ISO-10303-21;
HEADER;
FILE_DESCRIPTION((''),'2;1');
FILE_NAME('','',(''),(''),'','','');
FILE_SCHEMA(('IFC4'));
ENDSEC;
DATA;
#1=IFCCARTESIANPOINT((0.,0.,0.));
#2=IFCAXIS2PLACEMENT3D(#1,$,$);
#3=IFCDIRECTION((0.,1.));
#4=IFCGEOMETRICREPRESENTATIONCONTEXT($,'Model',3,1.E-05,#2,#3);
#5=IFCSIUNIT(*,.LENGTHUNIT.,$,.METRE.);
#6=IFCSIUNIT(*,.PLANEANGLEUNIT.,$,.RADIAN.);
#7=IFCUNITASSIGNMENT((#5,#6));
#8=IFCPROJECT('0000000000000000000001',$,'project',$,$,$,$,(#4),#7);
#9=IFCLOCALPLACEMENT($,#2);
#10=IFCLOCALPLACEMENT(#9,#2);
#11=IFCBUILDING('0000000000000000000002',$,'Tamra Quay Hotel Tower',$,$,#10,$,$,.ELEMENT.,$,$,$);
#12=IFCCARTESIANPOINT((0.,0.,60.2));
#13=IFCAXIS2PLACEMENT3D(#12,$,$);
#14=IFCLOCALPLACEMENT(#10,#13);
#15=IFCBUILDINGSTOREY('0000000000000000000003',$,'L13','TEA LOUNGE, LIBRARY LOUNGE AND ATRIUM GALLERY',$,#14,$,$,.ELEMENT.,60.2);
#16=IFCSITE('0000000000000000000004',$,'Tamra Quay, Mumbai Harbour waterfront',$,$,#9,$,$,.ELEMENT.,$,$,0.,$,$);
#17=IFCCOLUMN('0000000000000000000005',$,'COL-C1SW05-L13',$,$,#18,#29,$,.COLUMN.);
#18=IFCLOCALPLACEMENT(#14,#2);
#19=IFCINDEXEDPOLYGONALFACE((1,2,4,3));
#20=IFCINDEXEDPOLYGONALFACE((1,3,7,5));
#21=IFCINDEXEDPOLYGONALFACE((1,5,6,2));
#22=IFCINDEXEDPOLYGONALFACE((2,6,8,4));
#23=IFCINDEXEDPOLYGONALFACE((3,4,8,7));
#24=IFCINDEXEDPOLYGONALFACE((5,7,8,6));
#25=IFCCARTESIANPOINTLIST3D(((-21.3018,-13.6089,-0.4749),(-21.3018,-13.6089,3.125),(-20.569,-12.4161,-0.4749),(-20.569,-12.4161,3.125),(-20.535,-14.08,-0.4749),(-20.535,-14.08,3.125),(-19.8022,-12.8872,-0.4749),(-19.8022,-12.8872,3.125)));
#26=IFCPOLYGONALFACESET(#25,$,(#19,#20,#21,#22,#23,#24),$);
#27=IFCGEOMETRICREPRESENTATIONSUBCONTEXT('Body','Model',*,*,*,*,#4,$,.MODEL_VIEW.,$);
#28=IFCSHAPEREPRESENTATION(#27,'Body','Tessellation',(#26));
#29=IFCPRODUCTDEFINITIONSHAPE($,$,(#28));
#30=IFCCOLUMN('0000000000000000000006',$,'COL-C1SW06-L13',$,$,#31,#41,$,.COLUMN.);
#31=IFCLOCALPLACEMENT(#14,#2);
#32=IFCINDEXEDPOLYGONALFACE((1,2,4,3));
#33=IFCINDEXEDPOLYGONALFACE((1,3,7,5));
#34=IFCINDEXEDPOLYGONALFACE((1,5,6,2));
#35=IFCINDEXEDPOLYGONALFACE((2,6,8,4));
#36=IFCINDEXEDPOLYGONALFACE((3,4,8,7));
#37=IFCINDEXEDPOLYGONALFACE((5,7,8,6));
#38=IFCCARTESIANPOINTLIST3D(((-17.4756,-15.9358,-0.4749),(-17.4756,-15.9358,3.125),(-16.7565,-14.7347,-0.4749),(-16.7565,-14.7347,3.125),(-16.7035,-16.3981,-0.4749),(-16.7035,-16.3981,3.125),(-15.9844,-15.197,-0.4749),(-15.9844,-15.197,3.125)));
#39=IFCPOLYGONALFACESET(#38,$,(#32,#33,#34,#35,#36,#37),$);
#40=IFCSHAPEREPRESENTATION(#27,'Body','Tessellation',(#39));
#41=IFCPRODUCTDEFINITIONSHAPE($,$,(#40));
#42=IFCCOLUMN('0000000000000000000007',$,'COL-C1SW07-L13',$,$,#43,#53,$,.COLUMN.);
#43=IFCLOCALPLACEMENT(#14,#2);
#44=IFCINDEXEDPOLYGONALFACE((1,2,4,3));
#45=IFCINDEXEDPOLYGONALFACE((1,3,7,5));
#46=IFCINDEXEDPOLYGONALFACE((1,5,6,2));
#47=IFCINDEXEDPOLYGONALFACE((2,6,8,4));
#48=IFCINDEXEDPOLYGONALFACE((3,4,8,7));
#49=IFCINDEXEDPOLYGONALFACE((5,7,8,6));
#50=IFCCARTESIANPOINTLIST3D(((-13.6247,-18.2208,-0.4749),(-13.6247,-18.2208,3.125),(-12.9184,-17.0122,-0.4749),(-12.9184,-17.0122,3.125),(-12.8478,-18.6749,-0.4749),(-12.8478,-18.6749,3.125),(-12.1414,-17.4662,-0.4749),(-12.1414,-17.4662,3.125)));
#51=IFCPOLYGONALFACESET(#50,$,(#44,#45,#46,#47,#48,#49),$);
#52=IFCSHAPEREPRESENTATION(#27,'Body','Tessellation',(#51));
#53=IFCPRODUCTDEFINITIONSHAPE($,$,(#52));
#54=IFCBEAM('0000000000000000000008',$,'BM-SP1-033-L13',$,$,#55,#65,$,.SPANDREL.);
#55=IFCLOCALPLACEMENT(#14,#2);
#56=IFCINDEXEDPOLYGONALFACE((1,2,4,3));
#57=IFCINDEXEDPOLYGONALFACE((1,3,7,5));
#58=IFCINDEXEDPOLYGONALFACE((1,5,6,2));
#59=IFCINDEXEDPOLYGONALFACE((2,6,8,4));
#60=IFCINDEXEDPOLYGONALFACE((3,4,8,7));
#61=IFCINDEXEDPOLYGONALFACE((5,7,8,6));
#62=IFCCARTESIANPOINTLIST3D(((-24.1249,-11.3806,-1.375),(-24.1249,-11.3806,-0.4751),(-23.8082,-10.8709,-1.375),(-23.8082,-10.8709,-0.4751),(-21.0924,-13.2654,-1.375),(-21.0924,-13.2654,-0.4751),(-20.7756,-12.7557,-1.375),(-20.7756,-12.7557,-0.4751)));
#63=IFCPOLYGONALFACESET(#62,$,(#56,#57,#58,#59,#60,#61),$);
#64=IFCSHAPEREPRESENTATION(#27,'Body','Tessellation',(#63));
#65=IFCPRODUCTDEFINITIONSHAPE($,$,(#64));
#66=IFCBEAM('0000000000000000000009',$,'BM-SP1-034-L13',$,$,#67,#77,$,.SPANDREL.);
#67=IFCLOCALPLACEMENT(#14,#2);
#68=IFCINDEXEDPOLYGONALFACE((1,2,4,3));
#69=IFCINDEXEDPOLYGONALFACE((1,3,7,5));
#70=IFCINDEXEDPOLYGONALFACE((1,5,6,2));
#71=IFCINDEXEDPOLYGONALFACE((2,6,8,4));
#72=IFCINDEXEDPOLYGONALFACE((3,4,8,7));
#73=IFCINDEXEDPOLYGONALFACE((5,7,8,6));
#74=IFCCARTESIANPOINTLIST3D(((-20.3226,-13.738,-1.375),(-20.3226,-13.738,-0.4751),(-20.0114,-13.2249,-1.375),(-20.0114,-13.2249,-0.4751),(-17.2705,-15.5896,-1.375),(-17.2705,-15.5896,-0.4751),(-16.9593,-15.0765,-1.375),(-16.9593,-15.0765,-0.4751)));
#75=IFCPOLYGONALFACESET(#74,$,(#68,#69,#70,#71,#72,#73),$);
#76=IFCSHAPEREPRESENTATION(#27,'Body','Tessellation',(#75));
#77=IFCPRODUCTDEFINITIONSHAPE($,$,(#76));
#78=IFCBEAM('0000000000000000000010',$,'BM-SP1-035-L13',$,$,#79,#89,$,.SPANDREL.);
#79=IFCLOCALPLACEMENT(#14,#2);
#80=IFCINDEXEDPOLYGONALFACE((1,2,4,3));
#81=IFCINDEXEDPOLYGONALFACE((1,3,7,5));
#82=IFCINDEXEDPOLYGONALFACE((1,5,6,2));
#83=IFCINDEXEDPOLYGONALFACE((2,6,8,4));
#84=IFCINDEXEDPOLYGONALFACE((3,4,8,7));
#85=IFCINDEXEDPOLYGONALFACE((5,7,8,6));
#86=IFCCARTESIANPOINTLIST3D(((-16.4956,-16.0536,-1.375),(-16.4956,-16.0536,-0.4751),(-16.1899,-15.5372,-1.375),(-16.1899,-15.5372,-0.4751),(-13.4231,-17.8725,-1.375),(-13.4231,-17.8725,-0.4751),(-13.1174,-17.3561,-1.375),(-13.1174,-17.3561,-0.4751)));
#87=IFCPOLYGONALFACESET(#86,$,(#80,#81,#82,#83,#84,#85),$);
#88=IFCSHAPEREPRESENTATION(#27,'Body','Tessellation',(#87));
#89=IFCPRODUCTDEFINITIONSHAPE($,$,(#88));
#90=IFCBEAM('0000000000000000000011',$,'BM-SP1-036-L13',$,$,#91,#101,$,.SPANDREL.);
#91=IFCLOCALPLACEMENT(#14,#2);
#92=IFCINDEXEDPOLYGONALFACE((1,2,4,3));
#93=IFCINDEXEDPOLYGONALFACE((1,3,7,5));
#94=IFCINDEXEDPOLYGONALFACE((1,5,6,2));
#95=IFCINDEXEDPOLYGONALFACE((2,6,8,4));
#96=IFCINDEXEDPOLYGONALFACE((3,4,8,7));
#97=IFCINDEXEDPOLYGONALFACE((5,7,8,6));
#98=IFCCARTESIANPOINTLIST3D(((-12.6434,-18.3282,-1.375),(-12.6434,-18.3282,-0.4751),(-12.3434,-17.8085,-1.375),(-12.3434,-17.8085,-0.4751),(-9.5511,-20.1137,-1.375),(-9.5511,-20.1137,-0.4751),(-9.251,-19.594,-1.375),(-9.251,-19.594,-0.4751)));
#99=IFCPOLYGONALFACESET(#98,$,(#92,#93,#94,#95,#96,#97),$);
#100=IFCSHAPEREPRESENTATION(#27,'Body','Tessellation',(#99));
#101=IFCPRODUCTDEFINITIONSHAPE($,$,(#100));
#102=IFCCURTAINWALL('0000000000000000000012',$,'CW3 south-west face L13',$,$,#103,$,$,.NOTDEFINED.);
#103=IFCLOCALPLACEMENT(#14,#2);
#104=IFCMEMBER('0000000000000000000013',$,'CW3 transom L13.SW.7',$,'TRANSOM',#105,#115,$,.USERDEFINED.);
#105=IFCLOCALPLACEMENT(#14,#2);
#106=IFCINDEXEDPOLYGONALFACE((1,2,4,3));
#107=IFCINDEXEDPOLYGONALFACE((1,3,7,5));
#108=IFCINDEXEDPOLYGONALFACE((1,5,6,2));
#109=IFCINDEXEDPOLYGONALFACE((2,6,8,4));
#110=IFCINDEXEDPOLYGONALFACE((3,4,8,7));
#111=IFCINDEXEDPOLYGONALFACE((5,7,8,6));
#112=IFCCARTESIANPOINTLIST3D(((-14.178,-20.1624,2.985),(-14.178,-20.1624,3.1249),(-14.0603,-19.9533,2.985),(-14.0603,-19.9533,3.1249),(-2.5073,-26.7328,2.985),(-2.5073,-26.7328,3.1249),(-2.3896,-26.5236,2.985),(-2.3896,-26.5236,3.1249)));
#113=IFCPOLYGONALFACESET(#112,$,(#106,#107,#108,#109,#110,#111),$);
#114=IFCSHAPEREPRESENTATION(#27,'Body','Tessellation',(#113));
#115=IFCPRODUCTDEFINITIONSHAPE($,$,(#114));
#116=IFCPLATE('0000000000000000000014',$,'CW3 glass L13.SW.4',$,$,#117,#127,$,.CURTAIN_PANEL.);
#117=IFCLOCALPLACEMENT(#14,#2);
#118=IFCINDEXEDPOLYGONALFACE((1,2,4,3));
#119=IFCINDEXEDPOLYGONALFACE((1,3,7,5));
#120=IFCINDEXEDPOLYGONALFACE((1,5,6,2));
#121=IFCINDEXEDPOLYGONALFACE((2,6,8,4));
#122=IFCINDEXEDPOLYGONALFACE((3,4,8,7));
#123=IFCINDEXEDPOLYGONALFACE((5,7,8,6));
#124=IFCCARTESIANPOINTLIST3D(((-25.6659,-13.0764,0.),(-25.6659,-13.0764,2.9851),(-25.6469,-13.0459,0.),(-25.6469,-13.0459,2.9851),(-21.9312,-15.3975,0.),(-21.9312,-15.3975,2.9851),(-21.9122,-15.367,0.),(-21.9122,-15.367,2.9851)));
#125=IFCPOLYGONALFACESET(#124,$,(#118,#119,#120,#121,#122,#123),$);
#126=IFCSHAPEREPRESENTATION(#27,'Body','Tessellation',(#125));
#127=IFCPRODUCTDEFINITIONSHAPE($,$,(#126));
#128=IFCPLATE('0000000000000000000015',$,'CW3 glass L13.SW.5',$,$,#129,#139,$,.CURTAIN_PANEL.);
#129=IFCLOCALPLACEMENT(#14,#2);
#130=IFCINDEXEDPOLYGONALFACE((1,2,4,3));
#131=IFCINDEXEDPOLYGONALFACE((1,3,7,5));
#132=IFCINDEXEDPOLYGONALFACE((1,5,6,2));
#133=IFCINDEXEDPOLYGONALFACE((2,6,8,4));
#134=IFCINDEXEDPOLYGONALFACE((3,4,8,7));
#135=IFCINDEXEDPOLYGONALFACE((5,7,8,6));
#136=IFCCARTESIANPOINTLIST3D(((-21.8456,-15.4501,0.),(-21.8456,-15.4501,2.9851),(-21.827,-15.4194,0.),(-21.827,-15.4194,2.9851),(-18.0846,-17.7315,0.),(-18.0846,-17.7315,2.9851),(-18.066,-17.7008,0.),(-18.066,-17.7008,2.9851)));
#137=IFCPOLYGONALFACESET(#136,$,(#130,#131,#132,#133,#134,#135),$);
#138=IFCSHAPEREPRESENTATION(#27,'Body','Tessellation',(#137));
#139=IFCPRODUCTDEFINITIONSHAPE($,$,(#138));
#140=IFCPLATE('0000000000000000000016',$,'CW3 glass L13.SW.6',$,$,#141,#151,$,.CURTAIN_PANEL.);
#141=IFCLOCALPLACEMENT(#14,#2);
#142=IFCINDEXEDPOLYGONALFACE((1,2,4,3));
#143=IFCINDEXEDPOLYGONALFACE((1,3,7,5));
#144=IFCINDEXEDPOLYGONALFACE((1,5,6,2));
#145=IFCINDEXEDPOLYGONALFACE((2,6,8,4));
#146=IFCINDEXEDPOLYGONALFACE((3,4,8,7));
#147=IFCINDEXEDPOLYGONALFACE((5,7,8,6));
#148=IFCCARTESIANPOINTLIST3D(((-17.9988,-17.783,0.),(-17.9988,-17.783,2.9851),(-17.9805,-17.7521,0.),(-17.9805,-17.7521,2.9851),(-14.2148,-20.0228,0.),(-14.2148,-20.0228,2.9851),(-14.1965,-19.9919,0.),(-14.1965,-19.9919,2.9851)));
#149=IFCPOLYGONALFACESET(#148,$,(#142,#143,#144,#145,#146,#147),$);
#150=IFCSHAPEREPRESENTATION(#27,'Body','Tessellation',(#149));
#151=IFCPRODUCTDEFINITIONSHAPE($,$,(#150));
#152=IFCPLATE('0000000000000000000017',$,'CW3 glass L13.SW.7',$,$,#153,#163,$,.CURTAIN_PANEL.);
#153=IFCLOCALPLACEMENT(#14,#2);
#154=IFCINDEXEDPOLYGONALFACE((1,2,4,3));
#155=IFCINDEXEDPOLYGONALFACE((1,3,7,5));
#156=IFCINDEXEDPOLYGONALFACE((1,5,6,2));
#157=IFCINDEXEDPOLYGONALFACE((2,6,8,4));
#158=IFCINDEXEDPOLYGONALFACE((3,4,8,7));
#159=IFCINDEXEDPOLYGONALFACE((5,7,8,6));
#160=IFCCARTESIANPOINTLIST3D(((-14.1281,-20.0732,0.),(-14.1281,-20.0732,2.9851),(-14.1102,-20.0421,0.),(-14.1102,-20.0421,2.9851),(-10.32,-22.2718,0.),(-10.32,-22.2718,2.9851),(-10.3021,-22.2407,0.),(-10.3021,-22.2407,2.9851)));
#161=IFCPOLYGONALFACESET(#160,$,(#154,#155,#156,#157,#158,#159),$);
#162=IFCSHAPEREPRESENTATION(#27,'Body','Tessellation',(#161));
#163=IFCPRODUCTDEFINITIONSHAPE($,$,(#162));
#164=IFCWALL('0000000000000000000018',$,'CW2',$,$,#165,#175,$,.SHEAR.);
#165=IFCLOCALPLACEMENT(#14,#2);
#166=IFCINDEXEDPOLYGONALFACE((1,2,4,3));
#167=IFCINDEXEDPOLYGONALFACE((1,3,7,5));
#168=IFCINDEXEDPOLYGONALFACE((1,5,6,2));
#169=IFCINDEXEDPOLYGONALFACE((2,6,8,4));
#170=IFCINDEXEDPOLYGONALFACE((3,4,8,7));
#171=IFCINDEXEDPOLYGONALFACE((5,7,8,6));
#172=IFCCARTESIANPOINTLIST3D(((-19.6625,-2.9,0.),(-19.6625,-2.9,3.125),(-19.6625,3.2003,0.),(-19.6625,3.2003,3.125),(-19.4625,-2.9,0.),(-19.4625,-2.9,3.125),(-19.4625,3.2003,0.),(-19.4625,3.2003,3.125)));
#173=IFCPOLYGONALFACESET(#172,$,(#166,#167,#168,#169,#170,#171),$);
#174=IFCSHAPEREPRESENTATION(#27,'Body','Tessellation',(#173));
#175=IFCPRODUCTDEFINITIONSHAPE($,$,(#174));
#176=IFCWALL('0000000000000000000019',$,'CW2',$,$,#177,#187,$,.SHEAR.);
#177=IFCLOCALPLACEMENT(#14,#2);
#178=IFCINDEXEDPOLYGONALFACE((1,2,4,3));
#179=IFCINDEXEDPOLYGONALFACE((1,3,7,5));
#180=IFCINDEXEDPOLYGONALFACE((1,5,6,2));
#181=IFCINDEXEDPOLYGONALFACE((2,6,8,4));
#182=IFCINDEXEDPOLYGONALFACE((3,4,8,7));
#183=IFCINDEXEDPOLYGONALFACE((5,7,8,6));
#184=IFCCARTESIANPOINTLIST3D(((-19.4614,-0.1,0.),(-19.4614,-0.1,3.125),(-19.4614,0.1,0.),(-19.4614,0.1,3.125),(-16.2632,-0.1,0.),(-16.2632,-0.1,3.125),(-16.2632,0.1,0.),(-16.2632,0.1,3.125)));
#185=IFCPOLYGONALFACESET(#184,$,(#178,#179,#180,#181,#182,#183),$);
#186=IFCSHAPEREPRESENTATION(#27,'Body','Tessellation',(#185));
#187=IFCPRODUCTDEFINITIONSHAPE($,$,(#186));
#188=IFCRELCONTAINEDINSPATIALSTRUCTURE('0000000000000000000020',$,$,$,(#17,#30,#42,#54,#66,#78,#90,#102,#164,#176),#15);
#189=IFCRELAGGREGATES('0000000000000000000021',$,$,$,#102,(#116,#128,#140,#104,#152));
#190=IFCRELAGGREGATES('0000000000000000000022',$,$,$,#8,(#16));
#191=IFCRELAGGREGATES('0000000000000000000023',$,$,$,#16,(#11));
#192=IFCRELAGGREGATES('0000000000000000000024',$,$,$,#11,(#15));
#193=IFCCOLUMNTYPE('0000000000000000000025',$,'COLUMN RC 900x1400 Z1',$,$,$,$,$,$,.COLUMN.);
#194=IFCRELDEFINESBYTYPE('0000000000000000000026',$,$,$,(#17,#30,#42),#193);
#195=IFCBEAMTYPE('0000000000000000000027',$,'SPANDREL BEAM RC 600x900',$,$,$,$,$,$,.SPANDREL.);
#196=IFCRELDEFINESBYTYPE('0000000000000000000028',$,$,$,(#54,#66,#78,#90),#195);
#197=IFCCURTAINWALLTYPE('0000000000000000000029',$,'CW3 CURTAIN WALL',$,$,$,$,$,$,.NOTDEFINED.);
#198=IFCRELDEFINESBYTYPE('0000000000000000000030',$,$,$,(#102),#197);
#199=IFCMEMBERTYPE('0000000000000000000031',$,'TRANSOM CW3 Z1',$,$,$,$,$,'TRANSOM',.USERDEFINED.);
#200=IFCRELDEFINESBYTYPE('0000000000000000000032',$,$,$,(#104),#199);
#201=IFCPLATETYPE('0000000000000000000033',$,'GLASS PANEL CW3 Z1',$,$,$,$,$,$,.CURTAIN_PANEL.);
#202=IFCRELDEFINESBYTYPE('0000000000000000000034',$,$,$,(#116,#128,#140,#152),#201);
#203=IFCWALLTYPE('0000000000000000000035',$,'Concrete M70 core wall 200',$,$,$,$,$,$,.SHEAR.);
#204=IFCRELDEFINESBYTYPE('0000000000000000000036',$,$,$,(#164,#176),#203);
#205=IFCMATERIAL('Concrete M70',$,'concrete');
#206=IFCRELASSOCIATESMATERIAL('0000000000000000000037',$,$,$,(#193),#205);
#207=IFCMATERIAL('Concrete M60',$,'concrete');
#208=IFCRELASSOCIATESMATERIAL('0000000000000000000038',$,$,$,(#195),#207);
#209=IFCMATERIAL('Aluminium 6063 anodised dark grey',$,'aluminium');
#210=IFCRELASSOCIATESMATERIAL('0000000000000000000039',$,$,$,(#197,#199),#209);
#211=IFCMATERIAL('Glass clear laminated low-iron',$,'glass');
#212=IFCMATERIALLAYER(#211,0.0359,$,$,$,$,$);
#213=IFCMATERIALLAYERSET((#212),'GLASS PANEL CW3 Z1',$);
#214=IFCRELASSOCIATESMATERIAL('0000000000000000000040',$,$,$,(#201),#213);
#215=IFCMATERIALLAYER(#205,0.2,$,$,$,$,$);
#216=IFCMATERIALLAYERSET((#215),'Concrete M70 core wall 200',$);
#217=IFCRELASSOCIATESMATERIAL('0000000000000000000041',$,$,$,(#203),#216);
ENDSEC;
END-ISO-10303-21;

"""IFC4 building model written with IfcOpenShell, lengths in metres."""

from ifc_helpers import new_model, si_unit, direction, frame, frame_2d, origin, origin_2d, place, context, subcontext, project, spatial, rectangle, extrude, material, layer, layer_set, material_profile, profile_set, type_object, element, aggregate, save


model = new_model("IFC4")

# Units and contexts
model_context = context("Model", 3, precision=1e-05, world=origin(), true_north=direction((0.0, 1.0)))
body_context = subcontext(model_context, "Body", "Model", "MODEL_VIEW")
ifc_project = project(units=[si_unit("LENGTHUNIT", "METRE"), si_unit("PLANEANGLEUNIT", "RADIAN")], contexts=[model_context])

# Site, building, storey
site_placement = place(None, origin())
site = spatial("IfcSite", under=ifc_project, at=site_placement, Name="Tamra Quay, Mumbai Harbour waterfront", CompositionType="ELEMENT", RefElevation=0.0)
building_placement = place(site_placement, origin())
building = spatial("IfcBuilding", under=site, at=building_placement, Name="Tamra Quay Hotel Tower", CompositionType="ELEMENT")
storey_placement = place(building_placement, frame((0.0, 0.0, 60.2)))
storey = spatial("IfcBuildingStorey", under=building, at=storey_placement, Name="L13", Description="TEA LOUNGE, LIBRARY LOUNGE AND ATRIUM GALLERY", CompositionType="ELEMENT", Elevation=60.2)

# Columns
ifc_material_1 = material(Name="Concrete M70", Category="concrete")
ifc_material_profile_1 = material_profile(ifc_material_1, rectangle(XDim=1.3999, YDim=0.8999, at=origin_2d()), Name="COLUMN RC 900x1400 Z1")
ifc_profile_set_1 = profile_set([ifc_material_profile_1], Name="Concrete M70")
column_type = type_object("IfcColumnType", Name="COLUMN RC 900x1400 Z1", PredefinedType="COLUMN", material=ifc_profile_set_1)
for number, where, z_axis, x_axis, name in (
    (1, (-20.552, -13.248, -0.4749), (0.0, 0.0, 1.0), (0.52343, 0.852069, 0.0), "COL-C1SW05-L13"),
    (2, (-16.73, -15.5664, -0.4749), (0.0, 0.0, 1.0), (0.513654, 0.857998, 0.0), "COL-C1SW06-L13"),
    (3, (-12.8831, -17.8435, -0.4749), (0.0, 0.0, 1.0), (0.504565, 0.863374, 0.0), "COL-C1SW07-L13"),
):
    element("IfcColumn", number, at=place(storey_placement, frame(where, z_axis=z_axis, x_axis=x_axis)), inside=storey, type_object=column_type, Name=name, PredefinedType="COLUMN", context=body_context, shape_type="SweptSolid", body=[
        extrude(rectangle(XDim=1.3999, YDim=0.8999, at=origin_2d()), origin(), (0.0, 0.0, 1.0), 3.5999),
    ])

# Beams
ifc_material_2 = material(Name="Concrete M60", Category="concrete")
ifc_material_profile_2 = material_profile(ifc_material_2, rectangle(XDim=0.6001, YDim=0.8999, at=origin_2d()), Name="SPANDREL BEAM RC 600x900")
ifc_profile_set_2 = profile_set([ifc_material_profile_2], Name="Concrete M60")
beam_type = type_object("IfcBeamType", Name="SPANDREL BEAM RC 600x900", PredefinedType="SPANDREL", material=ifc_profile_set_2)
beam_1_placement = place(storey_placement, frame((-23.9666, -11.1257, -0.925), z_axis=(0.849321, -0.527877, 0.0), x_axis=(0.527877, 0.849321, 0.0)))
element("IfcBeam", 4, at=beam_1_placement, inside=storey, type_object=beam_type, Name="BM-SP1-033-L13", PredefinedType="SPANDREL", context=body_context, shape_type="SweptSolid", body=[
    extrude(rectangle(XDim=0.6001, YDim=0.8999, at=origin_2d()), origin(), (0.0, 0.0, 1.0), 3.5706),
])
beam_2_placement = place(storey_placement, frame((-20.167, -13.4814, -0.925), z_axis=(0.854966, -0.518684, 0.0), x_axis=(0.518684, 0.854966, 0.0)))
element("IfcBeam", 5, at=beam_2_placement, inside=storey, type_object=beam_type, Name="BM-SP1-034-L13", PredefinedType="SPANDREL", context=body_context, shape_type="SweptSolid", body=[
    extrude(rectangle(XDim=0.6001, YDim=0.8999, at=origin_2d()), origin(), (0.0, 0.0, 1.0), 3.5698),
])
beam_3_placement = place(storey_placement, frame((-16.3428, -15.7954, -0.925), z_axis=(0.860525, -0.509409, 0.0), x_axis=(0.509409, 0.860525, 0.0)))
element("IfcBeam", 6, at=beam_3_placement, inside=storey, type_object=beam_type, Name="BM-SP1-035-L13", PredefinedType="SPANDREL", context=body_context, shape_type="SweptSolid", body=[
    extrude(rectangle(XDim=0.6001, YDim=0.8999, at=origin_2d()), origin(), (0.0, 0.0, 1.0), 3.5706),
])
beam_4_placement = place(storey_placement, frame((-12.4934, -18.0684, -0.925), z_axis=(0.866017, -0.500014, 0.0), x_axis=(0.500014, 0.866017, 0.0)))
element("IfcBeam", 7, at=beam_4_placement, inside=storey, type_object=beam_type, Name="BM-SP1-036-L13", PredefinedType="SPANDREL", context=body_context, shape_type="SweptSolid", body=[
    extrude(rectangle(XDim=0.6001, YDim=0.8999, at=origin_2d()), origin(), (0.0, 0.0, 1.0), 3.5708),
])

# Curtain wall, member, plates
ifc_material_3 = material(Name="Aluminium 6063 anodised dark grey", Category="aluminium")
curtain_wall_type = type_object("IfcCurtainWallType", Name="CW3 CURTAIN WALL", PredefinedType="NOTDEFINED", material=ifc_material_3)
curtain_wall_placement = place(storey_placement, origin())
curtain_wall = element("IfcCurtainWall", 8, at=curtain_wall_placement, inside=storey, type_object=curtain_wall_type, Name="CW3 south-west face L13", PredefinedType="NOTDEFINED")
ifc_material_profile_3 = material_profile(ifc_material_3, rectangle(XDim=0.24, YDim=0.1399, at=origin_2d()), Name="TRANSOM 240X140")
ifc_profile_set_3 = profile_set([ifc_material_profile_3], Name="Aluminium 6063 anodised dark grey")
member_type = type_object("IfcMemberType", Name="TRANSOM CW3 Z1", ElementType="TRANSOM", PredefinedType="USERDEFINED", material=ifc_profile_set_3)
member_placement = place(storey_placement, frame((-14.1191, -20.0579, 3.0549), z_axis=(0.871398, -0.490577, 0.0), x_axis=(0.490577, 0.871398, 0.0)))
member = element("IfcMember", 9, at=member_placement, type_object=member_type, Name="CW3 transom L13.SW.7", ObjectType="TRANSOM", PredefinedType="USERDEFINED", context=body_context, shape_type="SweptSolid", body=[
    extrude(rectangle(XDim=0.24, YDim=0.1399, at=origin_2d()), origin(), (0.0, 0.0, 1.0), 13.3931),
])
ifc_material_4 = material(Name="Glass clear laminated low-iron", Category="glass")
ifc_layer_1 = layer(ifc_material_4, 0.0359)
ifc_layer_set_1 = layer_set([ifc_layer_1], Name="GLASS PANEL CW3 Z1")
plate_type = type_object("IfcPlateType", Name="GLASS PANEL CW3 Z1", PredefinedType="CURTAIN_PANEL", material=ifc_layer_set_1)
plate_1_placement = place(storey_placement, frame((-23.7891, -14.2217, 0.0), z_axis=(0.0, 0.0, 1.0), x_axis=(0.849331, -0.52786, 0.0)))
plate_1 = element("IfcPlate", 10, at=plate_1_placement, type_object=plate_type, Name="CW3 glass L13.SW.4", PredefinedType="CURTAIN_PANEL", context=body_context, shape_type="SweptSolid", body=[
    extrude(rectangle(XDim=4.3972, YDim=0.0359, at=origin_2d()), origin(), (0.0, 0.0, 1.0), 2.9851),
])
plate_2_placement = place(storey_placement, frame((-19.9558, -16.5754, 0.0), z_axis=(0.0, 0.0, 1.0), x_axis=(0.854994, -0.518639, 0.0)))
plate_2 = element("IfcPlate", 11, at=plate_2_placement, type_object=plate_type, Name="CW3 glass L13.SW.5", PredefinedType="CURTAIN_PANEL", context=body_context, shape_type="SweptSolid", body=[
    extrude(rectangle(XDim=4.3989, YDim=0.0359, at=origin_2d()), origin(), (0.0, 0.0, 1.0), 2.9851),
])
plate_3_placement = place(storey_placement, frame((-16.0977, -18.8875, 0.0), z_axis=(0.0, 0.0, 1.0), x_axis=(0.860557, -0.509355, 0.0)))
plate_3 = element("IfcPlate", 12, at=plate_3_placement, type_object=plate_type, Name="CW3 glass L13.SW.6", PredefinedType="CURTAIN_PANEL", context=body_context, shape_type="SweptSolid", body=[
    extrude(rectangle(XDim=4.3972, YDim=0.0359, at=origin_2d()), origin(), (0.0, 0.0, 1.0), 2.9851),
])
plate_4_placement = place(storey_placement, frame((-12.2151, -21.157, 0.0), z_axis=(0.0, 0.0, 1.0), x_axis=(0.866025, -0.5, 0.0)))
plate_4 = element("IfcPlate", 13, at=plate_4_placement, type_object=plate_type, Name="CW3 glass L13.SW.7", PredefinedType="CURTAIN_PANEL", context=body_context, shape_type="SweptSolid", body=[
    extrude(rectangle(XDim=4.3972, YDim=0.0359, at=origin_2d()), origin(), (0.0, 0.0, 1.0), 2.9851),
])
aggregate(curtain_wall, [plate_1, plate_2, plate_3, member, plate_4])

# Walls
ifc_layer_2 = layer(ifc_material_1, 0.2)
ifc_layer_set_2 = layer_set([ifc_layer_2], Name="Concrete M70 core wall 200")
wall_type_1 = type_object("IfcWallType", Name="Concrete M70 core wall 200", PredefinedType="SHEAR", material=ifc_layer_set_2)
wall_1_placement = place(storey_placement, frame((-19.5625, -2.9001, 0.0), z_axis=(0.0, 0.0, 1.0), x_axis=(0.0, 1.0, 0.0)))
element("IfcWall", 14, at=wall_1_placement, inside=storey, type_object=wall_type_1, Name="CW2", PredefinedType="SHEAR", context=body_context, shape_type="SweptSolid", body=[
    extrude(rectangle(XDim=6.1003, YDim=0.2, at=frame_2d((3.0503, 0.0))), origin(), (0.0, 0.0, 1.0), 3.125),
])
wall_2_placement = place(storey_placement, frame((-16.2632, 0.0, 0.0), z_axis=(0.0, 0.0, 1.0), x_axis=(-1.0, 0.0, 0.0)))
element("IfcWall", 15, at=wall_2_placement, inside=storey, type_object=wall_type_1, Name="CW2", PredefinedType="SHEAR", context=body_context, shape_type="SweptSolid", body=[
    extrude(rectangle(XDim=3.1982, YDim=0.2, at=frame_2d((1.5991, 0.0))), origin(), (0.0, 0.0, 1.0), 3.125),
])

save(model, "model.ifc")
